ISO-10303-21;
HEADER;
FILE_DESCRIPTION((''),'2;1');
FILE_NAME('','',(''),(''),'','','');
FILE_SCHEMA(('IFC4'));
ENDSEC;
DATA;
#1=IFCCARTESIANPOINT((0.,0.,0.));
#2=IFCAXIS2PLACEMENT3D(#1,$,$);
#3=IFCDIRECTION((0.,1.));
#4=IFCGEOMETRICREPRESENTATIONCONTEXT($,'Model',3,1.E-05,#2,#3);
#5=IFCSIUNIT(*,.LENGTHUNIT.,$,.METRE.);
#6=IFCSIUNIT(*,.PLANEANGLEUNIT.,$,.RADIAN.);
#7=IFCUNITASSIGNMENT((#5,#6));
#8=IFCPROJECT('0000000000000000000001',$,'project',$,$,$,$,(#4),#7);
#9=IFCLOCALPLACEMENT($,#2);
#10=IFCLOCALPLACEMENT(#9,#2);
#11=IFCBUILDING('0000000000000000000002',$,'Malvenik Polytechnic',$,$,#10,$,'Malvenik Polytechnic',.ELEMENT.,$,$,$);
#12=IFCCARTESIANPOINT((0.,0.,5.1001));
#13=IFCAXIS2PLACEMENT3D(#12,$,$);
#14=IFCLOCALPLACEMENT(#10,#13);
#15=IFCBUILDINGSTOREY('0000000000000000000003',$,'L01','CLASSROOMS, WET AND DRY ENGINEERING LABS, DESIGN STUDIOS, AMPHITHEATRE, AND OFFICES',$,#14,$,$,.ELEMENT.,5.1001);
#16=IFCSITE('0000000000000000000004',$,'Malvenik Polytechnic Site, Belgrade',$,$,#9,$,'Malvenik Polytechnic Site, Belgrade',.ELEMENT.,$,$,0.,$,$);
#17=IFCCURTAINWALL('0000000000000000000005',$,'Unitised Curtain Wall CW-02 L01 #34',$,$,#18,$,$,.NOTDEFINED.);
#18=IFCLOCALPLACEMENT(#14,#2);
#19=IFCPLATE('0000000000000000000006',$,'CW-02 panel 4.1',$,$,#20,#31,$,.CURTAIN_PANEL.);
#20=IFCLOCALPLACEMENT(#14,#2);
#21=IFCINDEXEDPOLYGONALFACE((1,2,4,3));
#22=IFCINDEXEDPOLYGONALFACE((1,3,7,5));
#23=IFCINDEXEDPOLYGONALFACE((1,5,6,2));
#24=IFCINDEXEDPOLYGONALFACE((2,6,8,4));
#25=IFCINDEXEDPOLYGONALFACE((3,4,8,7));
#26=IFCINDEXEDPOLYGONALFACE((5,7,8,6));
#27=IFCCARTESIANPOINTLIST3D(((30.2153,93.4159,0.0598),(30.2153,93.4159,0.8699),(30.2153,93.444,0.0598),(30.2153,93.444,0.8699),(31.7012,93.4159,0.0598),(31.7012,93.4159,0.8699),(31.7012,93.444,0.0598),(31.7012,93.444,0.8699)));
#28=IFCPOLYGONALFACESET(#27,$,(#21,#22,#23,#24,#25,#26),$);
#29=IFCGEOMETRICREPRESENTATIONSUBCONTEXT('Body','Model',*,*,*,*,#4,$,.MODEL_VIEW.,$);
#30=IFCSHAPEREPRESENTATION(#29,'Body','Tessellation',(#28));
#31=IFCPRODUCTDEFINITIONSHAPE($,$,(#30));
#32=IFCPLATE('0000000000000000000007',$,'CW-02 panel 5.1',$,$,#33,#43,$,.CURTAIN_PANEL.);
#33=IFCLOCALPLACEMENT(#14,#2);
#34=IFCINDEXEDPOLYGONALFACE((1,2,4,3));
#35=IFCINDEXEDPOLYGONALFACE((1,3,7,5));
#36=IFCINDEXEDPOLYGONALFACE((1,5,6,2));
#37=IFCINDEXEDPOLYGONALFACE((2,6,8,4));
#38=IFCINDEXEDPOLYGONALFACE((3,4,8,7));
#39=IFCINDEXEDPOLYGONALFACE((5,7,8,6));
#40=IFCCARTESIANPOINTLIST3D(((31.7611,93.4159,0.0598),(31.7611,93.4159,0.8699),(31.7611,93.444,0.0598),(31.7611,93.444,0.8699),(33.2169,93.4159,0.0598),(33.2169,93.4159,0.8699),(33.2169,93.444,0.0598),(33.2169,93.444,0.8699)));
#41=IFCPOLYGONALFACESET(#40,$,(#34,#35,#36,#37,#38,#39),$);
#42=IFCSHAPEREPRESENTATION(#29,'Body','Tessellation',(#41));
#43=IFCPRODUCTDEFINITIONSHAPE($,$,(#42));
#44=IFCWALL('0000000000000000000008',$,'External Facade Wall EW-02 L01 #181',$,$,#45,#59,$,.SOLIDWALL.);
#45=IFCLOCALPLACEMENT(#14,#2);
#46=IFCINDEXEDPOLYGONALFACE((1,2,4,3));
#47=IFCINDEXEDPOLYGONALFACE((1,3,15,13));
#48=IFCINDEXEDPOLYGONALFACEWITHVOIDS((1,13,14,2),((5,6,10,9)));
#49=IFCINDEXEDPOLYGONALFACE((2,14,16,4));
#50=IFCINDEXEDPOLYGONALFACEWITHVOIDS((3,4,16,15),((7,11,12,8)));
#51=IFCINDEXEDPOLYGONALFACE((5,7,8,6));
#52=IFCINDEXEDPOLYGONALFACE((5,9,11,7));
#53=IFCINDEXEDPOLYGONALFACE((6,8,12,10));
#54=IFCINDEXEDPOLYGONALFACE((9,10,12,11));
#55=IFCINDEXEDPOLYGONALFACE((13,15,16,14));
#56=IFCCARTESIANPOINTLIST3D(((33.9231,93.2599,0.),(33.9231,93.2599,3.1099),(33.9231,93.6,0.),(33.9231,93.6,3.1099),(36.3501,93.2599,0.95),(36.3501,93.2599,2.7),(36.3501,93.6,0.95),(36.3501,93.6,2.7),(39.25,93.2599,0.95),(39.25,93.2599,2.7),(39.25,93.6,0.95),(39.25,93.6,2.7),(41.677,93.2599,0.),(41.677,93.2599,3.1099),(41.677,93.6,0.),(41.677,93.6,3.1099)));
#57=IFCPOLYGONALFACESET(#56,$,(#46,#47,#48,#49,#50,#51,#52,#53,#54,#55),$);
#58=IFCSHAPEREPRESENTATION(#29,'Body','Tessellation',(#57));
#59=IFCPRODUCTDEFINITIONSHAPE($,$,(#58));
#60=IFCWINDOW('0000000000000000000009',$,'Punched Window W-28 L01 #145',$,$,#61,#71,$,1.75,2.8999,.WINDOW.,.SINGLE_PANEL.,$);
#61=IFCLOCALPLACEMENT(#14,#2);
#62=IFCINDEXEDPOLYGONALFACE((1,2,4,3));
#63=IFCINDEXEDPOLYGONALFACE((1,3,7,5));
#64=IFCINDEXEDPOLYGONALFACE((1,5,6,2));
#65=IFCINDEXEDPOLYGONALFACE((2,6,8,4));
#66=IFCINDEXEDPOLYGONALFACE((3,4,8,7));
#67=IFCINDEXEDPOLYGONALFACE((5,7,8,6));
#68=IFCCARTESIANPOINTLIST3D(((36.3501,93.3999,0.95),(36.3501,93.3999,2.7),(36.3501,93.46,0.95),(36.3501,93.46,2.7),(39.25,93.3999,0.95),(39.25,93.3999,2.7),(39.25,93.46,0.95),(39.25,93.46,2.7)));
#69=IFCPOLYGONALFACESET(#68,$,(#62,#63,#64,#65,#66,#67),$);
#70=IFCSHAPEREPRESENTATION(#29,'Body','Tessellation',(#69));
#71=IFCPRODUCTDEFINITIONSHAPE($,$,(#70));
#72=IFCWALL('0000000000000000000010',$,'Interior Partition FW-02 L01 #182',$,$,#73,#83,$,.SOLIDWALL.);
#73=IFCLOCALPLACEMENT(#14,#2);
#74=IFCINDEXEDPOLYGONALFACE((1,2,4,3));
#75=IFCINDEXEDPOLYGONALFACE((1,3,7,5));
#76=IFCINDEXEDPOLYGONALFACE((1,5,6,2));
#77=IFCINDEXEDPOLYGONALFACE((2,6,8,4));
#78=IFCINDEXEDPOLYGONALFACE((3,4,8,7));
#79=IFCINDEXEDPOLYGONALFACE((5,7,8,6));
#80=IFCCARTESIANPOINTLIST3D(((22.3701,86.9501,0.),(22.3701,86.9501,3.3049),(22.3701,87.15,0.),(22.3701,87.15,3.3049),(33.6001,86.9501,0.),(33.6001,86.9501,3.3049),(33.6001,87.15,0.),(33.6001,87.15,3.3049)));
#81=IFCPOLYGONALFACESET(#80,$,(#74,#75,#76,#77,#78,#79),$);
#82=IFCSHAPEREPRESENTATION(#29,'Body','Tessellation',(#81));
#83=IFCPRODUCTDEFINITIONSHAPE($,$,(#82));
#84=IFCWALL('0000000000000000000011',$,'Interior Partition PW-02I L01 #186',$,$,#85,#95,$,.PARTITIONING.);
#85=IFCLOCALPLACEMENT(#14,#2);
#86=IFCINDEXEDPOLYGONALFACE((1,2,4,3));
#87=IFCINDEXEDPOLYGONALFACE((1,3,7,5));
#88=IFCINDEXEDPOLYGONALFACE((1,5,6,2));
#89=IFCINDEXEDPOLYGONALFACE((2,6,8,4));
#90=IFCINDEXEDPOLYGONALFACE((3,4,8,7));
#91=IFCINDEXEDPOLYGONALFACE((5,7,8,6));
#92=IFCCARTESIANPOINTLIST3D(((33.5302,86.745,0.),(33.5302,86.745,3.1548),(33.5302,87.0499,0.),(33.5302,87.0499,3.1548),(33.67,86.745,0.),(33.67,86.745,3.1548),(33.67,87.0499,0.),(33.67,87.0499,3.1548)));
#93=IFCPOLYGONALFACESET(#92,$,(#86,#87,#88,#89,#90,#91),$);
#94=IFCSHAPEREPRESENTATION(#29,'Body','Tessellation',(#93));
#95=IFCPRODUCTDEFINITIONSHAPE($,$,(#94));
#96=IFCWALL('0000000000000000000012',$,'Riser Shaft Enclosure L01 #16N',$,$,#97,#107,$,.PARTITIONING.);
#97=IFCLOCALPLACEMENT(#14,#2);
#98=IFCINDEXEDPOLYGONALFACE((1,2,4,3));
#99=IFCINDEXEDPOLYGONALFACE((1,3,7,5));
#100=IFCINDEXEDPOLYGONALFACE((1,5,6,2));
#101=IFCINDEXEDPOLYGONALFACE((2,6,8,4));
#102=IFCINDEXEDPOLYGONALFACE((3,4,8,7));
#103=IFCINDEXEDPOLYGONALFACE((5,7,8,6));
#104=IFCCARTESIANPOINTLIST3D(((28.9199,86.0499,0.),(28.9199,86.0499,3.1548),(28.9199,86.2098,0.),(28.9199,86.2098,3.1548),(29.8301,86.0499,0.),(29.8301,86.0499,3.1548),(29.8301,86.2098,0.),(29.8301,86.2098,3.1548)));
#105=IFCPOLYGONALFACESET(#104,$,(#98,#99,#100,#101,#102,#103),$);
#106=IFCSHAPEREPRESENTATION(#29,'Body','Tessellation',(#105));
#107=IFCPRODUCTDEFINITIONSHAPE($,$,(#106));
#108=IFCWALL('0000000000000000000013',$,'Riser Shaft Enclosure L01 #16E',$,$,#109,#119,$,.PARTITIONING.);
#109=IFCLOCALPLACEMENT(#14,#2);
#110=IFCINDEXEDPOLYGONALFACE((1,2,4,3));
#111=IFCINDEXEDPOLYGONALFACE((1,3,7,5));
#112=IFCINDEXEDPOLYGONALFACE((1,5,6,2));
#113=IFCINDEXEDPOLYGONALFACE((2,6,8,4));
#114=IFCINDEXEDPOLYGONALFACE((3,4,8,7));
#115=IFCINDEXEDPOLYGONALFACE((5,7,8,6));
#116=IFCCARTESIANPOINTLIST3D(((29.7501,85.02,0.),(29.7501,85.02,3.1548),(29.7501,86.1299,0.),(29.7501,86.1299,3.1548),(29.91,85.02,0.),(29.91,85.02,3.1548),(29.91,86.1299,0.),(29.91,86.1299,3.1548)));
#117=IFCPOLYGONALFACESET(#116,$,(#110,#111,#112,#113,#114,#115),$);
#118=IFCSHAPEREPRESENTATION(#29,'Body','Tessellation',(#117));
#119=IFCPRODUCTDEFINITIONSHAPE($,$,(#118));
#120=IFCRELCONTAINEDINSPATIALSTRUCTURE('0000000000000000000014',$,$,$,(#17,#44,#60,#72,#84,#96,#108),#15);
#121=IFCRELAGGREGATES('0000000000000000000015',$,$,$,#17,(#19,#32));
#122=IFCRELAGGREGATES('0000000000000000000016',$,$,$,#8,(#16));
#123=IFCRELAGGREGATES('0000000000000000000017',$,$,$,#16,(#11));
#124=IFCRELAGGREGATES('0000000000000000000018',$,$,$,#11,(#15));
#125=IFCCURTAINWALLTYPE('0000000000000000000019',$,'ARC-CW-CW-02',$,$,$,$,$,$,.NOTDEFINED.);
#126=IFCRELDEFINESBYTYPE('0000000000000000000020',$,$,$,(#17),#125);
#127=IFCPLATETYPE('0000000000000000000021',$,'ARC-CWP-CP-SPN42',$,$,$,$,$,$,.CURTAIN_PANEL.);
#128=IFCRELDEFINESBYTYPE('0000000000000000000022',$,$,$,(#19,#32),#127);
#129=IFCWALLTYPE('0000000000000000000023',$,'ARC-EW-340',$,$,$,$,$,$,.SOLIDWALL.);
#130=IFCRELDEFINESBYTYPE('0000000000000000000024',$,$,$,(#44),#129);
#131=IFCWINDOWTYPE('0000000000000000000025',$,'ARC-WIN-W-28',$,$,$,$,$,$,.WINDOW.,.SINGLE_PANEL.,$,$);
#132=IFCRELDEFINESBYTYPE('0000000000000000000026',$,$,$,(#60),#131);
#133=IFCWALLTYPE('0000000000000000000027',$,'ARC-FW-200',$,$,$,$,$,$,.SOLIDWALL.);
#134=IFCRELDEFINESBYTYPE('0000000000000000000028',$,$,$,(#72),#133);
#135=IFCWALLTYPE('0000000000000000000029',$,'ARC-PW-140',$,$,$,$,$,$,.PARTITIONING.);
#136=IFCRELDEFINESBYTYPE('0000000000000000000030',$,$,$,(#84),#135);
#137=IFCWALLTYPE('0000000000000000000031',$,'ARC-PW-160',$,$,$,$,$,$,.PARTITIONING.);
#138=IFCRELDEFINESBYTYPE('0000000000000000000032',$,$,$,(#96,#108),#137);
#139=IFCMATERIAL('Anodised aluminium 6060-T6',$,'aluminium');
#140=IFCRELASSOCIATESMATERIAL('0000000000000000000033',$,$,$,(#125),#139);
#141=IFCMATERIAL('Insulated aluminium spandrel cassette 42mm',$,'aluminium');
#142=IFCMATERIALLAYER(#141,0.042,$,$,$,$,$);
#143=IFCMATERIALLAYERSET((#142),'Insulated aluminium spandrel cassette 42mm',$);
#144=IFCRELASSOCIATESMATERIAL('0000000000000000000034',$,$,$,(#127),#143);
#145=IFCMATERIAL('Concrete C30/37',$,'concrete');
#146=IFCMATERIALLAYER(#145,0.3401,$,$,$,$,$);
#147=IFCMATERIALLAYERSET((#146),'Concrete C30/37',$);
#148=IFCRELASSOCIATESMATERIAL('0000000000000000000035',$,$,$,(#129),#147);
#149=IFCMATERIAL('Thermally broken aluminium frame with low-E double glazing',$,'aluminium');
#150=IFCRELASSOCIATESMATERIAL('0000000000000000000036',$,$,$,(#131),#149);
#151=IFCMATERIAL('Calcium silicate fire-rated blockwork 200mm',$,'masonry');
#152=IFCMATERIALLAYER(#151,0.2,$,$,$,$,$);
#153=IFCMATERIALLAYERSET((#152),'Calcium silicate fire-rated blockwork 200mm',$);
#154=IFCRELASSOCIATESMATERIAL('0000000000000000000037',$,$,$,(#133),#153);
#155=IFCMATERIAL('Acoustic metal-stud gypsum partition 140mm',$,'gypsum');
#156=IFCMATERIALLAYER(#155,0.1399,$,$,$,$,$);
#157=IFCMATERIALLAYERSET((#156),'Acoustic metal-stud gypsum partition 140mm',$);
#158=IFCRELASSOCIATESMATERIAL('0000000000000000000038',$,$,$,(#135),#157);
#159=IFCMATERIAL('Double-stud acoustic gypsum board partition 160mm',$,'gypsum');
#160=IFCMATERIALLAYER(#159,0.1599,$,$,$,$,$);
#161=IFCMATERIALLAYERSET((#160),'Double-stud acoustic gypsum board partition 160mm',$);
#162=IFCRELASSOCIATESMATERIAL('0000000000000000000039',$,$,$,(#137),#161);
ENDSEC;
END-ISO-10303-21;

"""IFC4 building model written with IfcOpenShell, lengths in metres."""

from ifc_helpers import new_model, si_unit, direction, frame, frame_2d, origin, origin_2d, place, context, subcontext, project, spatial, rectangle, extrude, material, layer, layer_set, type_object, element, fill, aggregate, save


model = new_model("IFC4")

# Units and contexts
model_context = context("Model", 3, precision=1e-05, world=origin(), true_north=direction((0.0, 1.0)))
body_context = subcontext(model_context, "Body", "Model", "MODEL_VIEW")
ifc_project = project(units=[si_unit("LENGTHUNIT", "METRE"), si_unit("PLANEANGLEUNIT", "RADIAN")], contexts=[model_context])

# Site, building, storey
site_placement = place(None, origin())
site = spatial("IfcSite", under=ifc_project, at=site_placement, Name="Malvenik Polytechnic Site, Belgrade", LongName="Malvenik Polytechnic Site, Belgrade", CompositionType="ELEMENT", RefElevation=0.0)
building_placement = place(site_placement, origin())
building = spatial("IfcBuilding", under=site, at=building_placement, Name="Malvenik Polytechnic", LongName="Malvenik Polytechnic", CompositionType="ELEMENT")
storey_placement = place(building_placement, frame((0.0, 0.0, 5.1001)))
storey = spatial("IfcBuildingStorey", under=building, at=storey_placement, Name="L01", Description="CLASSROOMS, WET AND DRY ENGINEERING LABS, DESIGN STUDIOS, AMPHITHEATRE, AND OFFICES", CompositionType="ELEMENT", Elevation=5.1001)

# Curtain wall
ifc_material_1 = material(Name="Anodised aluminium 6060-T6", Category="aluminium")
curtain_wall_type = type_object("IfcCurtainWallType", Name="ARC-CW-CW-02", PredefinedType="NOTDEFINED", material=ifc_material_1)
curtain_wall_placement = place(storey_placement, origin())
curtain_wall = element("IfcCurtainWall", 1, at=curtain_wall_placement, inside=storey, type_object=curtain_wall_type, Name="Unitised Curtain Wall CW-02 L01 #34", PredefinedType="NOTDEFINED")

# Plates
ifc_material_2 = material(Name="Insulated aluminium spandrel cassette 42mm", Category="aluminium")
ifc_layer_1 = layer(ifc_material_2, 0.042)
ifc_layer_set_1 = layer_set([ifc_layer_1], Name="Insulated aluminium spandrel cassette 42mm")
plate_type_1 = type_object("IfcPlateType", Name="ARC-CWP-CP-SPN42", PredefinedType="CURTAIN_PANEL", material=ifc_layer_set_1)
plate_1_placement = place(storey_placement, frame((30.9583, 93.4299, 0.0598), z_axis=(0.0, 0.0, 1.0), x_axis=(1.0, 0.0, 0.0)))
plate_1 = element("IfcPlate", 2, at=plate_1_placement, type_object=plate_type_1, Name="CW-02 panel 4.1", PredefinedType="CURTAIN_PANEL", context=body_context, shape_type="SweptSolid", body=[
    extrude(rectangle(XDim=1.4858, YDim=0.0281, at=origin_2d()), origin(), (0.0, 0.0, 1.0), 0.8101),
])
plate_2_placement = place(storey_placement, frame((32.489, 93.4299, 0.0598), z_axis=(0.0, 0.0, 1.0), x_axis=(1.0, 0.0, 0.0)))
plate_2 = element("IfcPlate", 3, at=plate_2_placement, type_object=plate_type_1, Name="CW-02 panel 5.1", PredefinedType="CURTAIN_PANEL", context=body_context, shape_type="SweptSolid", body=[
    extrude(rectangle(XDim=1.4558, YDim=0.0281, at=origin_2d()), origin(), (0.0, 0.0, 1.0), 0.8101),
])
aggregate(curtain_wall, [plate_1, plate_2])

# Wall, opening, window
ifc_material_3 = material(Name="Concrete C30/37", Category="concrete")
ifc_layer_2 = layer(ifc_material_3, 0.3401)
ifc_layer_set_2 = layer_set([ifc_layer_2], Name="Concrete C30/37")
wall_type_1 = type_object("IfcWallType", Name="ARC-EW-340", PredefinedType="SOLIDWALL", material=ifc_layer_set_2)
wall_1_placement = place(storey_placement, frame((33.9231, 93.4299, 0.0), z_axis=(0.0, 0.0, 1.0), x_axis=(1.0, 0.0, 0.0)))
wall_1 = element("IfcWall", 4, at=wall_1_placement, inside=storey, type_object=wall_type_1, Name="External Facade Wall EW-02 L01 #181", PredefinedType="SOLIDWALL", context=body_context, shape_type="SweptSolid", body=[
    extrude(rectangle(XDim=7.7539, YDim=0.3401, at=frame_2d((3.877, 0.0))), origin(), (0.0, 0.0, 1.0), 3.1099),
])
opening_placement = place(wall_1_placement, frame((2.427, 0.0, 0.95)))
opening = element("IfcOpeningElement", 5, at=opening_placement, cuts=wall_1, PredefinedType="OPENING", context=body_context, shape_type="SweptSolid", body=[
    extrude(rectangle(XDim=2.8999, YDim=1.75, at=frame_2d((1.45, 0.875))), frame((0.0, 0.1802, 0.0), z_axis=(0.0, -1.0, 0.0), x_axis=(1.0, 0.0, 0.0)), (0.0, 0.0, 1.0), 0.3601),
])
ifc_material_4 = material(Name="Thermally broken aluminium frame with low-E double glazing", Category="aluminium")
window_type = type_object("IfcWindowType", Name="ARC-WIN-W-28", PartitioningType="SINGLE_PANEL", PredefinedType="WINDOW", material=ifc_material_4)
window_placement = place(opening_placement, origin())
window = element("IfcWindow", 6, at=window_placement, inside=storey, type_object=window_type, Name="Punched Window W-28 L01 #145", OverallHeight=1.75, OverallWidth=2.8999, PartitioningType="SINGLE_PANEL", PredefinedType="WINDOW", context=body_context, shape_type="SweptSolid", body=[
    extrude(rectangle(XDim=2.8999, YDim=1.75, at=frame_2d((1.45, 0.875))), frame((0.0, 0.03, 0.0), z_axis=(0.0, -1.0, 0.0), x_axis=(1.0, 0.0, 0.0)), (0.0, 0.0, 1.0), 0.0601),
])
fill(opening, window)

# Walls
ifc_material_5 = material(Name="Calcium silicate fire-rated blockwork 200mm", Category="masonry")
ifc_layer_3 = layer(ifc_material_5, 0.2)
ifc_layer_set_3 = layer_set([ifc_layer_3], Name="Calcium silicate fire-rated blockwork 200mm")
wall_type_2 = type_object("IfcWallType", Name="ARC-FW-200", PredefinedType="SOLIDWALL", material=ifc_layer_set_3)
wall_2_placement = place(storey_placement, frame((33.6001, 87.05, 0.0), z_axis=(0.0, 0.0, 1.0), x_axis=(-1.0, 0.0, 0.0)))
element("IfcWall", 7, at=wall_2_placement, inside=storey, type_object=wall_type_2, Name="Interior Partition FW-02 L01 #182", PredefinedType="SOLIDWALL", context=body_context, shape_type="SweptSolid", body=[
    extrude(rectangle(XDim=11.23, YDim=0.2, at=frame_2d((5.615, 0.0))), origin(), (0.0, 0.0, 1.0), 3.3049),
])
ifc_material_6 = material(Name="Acoustic metal-stud gypsum partition 140mm", Category="gypsum")
ifc_layer_4 = layer(ifc_material_6, 0.1399)
ifc_layer_set_4 = layer_set([ifc_layer_4], Name="Acoustic metal-stud gypsum partition 140mm")
wall_type_3 = type_object("IfcWallType", Name="ARC-PW-140", PredefinedType="PARTITIONING", material=ifc_layer_set_4)
wall_3_placement = place(storey_placement, frame((33.6001, 86.7451, 0.0), z_axis=(0.0, 0.0, 1.0), x_axis=(0.0, 1.0, 0.0)))
element("IfcWall", 8, at=wall_3_placement, inside=storey, type_object=wall_type_3, Name="Interior Partition PW-02I L01 #186", PredefinedType="PARTITIONING", context=body_context, shape_type="SweptSolid", body=[
    extrude(rectangle(XDim=0.3049, YDim=0.1399, at=frame_2d((0.1523, 0.0))), origin(), (0.0, 0.0, 1.0), 3.1548),
])
ifc_material_7 = material(Name="Double-stud acoustic gypsum board partition 160mm", Category="gypsum")
ifc_layer_5 = layer(ifc_material_7, 0.1599)
ifc_layer_set_5 = layer_set([ifc_layer_5], Name="Double-stud acoustic gypsum board partition 160mm")
wall_type_4 = type_object("IfcWallType", Name="ARC-PW-160", PredefinedType="PARTITIONING", material=ifc_layer_set_5)
wall_4_placement = place(storey_placement, frame((29.8301, 86.1299, 0.0), z_axis=(0.0, 0.0, 1.0), x_axis=(-1.0, 0.0, 0.0)))
element("IfcWall", 9, at=wall_4_placement, inside=storey, type_object=wall_type_4, Name="Riser Shaft Enclosure L01 #16N", PredefinedType="PARTITIONING", context=body_context, shape_type="SweptSolid", body=[
    extrude(rectangle(XDim=0.9102, YDim=0.1599, at=frame_2d((0.4551, 0.0))), origin(), (0.0, 0.0, 1.0), 3.1548),
])
wall_5_placement = place(storey_placement, frame((29.8301, 85.02, 0.0), z_axis=(0.0, 0.0, 1.0), x_axis=(0.0, 1.0, 0.0)))
element("IfcWall", 10, at=wall_5_placement, inside=storey, type_object=wall_type_4, Name="Riser Shaft Enclosure L01 #16E", PredefinedType="PARTITIONING", context=body_context, shape_type="SweptSolid", body=[
    extrude(rectangle(XDim=1.1099, YDim=0.1599, at=frame_2d((0.5549, 0.0))), origin(), (0.0, 0.0, 1.0), 3.1548),
])

save(model, "model.ifc")
